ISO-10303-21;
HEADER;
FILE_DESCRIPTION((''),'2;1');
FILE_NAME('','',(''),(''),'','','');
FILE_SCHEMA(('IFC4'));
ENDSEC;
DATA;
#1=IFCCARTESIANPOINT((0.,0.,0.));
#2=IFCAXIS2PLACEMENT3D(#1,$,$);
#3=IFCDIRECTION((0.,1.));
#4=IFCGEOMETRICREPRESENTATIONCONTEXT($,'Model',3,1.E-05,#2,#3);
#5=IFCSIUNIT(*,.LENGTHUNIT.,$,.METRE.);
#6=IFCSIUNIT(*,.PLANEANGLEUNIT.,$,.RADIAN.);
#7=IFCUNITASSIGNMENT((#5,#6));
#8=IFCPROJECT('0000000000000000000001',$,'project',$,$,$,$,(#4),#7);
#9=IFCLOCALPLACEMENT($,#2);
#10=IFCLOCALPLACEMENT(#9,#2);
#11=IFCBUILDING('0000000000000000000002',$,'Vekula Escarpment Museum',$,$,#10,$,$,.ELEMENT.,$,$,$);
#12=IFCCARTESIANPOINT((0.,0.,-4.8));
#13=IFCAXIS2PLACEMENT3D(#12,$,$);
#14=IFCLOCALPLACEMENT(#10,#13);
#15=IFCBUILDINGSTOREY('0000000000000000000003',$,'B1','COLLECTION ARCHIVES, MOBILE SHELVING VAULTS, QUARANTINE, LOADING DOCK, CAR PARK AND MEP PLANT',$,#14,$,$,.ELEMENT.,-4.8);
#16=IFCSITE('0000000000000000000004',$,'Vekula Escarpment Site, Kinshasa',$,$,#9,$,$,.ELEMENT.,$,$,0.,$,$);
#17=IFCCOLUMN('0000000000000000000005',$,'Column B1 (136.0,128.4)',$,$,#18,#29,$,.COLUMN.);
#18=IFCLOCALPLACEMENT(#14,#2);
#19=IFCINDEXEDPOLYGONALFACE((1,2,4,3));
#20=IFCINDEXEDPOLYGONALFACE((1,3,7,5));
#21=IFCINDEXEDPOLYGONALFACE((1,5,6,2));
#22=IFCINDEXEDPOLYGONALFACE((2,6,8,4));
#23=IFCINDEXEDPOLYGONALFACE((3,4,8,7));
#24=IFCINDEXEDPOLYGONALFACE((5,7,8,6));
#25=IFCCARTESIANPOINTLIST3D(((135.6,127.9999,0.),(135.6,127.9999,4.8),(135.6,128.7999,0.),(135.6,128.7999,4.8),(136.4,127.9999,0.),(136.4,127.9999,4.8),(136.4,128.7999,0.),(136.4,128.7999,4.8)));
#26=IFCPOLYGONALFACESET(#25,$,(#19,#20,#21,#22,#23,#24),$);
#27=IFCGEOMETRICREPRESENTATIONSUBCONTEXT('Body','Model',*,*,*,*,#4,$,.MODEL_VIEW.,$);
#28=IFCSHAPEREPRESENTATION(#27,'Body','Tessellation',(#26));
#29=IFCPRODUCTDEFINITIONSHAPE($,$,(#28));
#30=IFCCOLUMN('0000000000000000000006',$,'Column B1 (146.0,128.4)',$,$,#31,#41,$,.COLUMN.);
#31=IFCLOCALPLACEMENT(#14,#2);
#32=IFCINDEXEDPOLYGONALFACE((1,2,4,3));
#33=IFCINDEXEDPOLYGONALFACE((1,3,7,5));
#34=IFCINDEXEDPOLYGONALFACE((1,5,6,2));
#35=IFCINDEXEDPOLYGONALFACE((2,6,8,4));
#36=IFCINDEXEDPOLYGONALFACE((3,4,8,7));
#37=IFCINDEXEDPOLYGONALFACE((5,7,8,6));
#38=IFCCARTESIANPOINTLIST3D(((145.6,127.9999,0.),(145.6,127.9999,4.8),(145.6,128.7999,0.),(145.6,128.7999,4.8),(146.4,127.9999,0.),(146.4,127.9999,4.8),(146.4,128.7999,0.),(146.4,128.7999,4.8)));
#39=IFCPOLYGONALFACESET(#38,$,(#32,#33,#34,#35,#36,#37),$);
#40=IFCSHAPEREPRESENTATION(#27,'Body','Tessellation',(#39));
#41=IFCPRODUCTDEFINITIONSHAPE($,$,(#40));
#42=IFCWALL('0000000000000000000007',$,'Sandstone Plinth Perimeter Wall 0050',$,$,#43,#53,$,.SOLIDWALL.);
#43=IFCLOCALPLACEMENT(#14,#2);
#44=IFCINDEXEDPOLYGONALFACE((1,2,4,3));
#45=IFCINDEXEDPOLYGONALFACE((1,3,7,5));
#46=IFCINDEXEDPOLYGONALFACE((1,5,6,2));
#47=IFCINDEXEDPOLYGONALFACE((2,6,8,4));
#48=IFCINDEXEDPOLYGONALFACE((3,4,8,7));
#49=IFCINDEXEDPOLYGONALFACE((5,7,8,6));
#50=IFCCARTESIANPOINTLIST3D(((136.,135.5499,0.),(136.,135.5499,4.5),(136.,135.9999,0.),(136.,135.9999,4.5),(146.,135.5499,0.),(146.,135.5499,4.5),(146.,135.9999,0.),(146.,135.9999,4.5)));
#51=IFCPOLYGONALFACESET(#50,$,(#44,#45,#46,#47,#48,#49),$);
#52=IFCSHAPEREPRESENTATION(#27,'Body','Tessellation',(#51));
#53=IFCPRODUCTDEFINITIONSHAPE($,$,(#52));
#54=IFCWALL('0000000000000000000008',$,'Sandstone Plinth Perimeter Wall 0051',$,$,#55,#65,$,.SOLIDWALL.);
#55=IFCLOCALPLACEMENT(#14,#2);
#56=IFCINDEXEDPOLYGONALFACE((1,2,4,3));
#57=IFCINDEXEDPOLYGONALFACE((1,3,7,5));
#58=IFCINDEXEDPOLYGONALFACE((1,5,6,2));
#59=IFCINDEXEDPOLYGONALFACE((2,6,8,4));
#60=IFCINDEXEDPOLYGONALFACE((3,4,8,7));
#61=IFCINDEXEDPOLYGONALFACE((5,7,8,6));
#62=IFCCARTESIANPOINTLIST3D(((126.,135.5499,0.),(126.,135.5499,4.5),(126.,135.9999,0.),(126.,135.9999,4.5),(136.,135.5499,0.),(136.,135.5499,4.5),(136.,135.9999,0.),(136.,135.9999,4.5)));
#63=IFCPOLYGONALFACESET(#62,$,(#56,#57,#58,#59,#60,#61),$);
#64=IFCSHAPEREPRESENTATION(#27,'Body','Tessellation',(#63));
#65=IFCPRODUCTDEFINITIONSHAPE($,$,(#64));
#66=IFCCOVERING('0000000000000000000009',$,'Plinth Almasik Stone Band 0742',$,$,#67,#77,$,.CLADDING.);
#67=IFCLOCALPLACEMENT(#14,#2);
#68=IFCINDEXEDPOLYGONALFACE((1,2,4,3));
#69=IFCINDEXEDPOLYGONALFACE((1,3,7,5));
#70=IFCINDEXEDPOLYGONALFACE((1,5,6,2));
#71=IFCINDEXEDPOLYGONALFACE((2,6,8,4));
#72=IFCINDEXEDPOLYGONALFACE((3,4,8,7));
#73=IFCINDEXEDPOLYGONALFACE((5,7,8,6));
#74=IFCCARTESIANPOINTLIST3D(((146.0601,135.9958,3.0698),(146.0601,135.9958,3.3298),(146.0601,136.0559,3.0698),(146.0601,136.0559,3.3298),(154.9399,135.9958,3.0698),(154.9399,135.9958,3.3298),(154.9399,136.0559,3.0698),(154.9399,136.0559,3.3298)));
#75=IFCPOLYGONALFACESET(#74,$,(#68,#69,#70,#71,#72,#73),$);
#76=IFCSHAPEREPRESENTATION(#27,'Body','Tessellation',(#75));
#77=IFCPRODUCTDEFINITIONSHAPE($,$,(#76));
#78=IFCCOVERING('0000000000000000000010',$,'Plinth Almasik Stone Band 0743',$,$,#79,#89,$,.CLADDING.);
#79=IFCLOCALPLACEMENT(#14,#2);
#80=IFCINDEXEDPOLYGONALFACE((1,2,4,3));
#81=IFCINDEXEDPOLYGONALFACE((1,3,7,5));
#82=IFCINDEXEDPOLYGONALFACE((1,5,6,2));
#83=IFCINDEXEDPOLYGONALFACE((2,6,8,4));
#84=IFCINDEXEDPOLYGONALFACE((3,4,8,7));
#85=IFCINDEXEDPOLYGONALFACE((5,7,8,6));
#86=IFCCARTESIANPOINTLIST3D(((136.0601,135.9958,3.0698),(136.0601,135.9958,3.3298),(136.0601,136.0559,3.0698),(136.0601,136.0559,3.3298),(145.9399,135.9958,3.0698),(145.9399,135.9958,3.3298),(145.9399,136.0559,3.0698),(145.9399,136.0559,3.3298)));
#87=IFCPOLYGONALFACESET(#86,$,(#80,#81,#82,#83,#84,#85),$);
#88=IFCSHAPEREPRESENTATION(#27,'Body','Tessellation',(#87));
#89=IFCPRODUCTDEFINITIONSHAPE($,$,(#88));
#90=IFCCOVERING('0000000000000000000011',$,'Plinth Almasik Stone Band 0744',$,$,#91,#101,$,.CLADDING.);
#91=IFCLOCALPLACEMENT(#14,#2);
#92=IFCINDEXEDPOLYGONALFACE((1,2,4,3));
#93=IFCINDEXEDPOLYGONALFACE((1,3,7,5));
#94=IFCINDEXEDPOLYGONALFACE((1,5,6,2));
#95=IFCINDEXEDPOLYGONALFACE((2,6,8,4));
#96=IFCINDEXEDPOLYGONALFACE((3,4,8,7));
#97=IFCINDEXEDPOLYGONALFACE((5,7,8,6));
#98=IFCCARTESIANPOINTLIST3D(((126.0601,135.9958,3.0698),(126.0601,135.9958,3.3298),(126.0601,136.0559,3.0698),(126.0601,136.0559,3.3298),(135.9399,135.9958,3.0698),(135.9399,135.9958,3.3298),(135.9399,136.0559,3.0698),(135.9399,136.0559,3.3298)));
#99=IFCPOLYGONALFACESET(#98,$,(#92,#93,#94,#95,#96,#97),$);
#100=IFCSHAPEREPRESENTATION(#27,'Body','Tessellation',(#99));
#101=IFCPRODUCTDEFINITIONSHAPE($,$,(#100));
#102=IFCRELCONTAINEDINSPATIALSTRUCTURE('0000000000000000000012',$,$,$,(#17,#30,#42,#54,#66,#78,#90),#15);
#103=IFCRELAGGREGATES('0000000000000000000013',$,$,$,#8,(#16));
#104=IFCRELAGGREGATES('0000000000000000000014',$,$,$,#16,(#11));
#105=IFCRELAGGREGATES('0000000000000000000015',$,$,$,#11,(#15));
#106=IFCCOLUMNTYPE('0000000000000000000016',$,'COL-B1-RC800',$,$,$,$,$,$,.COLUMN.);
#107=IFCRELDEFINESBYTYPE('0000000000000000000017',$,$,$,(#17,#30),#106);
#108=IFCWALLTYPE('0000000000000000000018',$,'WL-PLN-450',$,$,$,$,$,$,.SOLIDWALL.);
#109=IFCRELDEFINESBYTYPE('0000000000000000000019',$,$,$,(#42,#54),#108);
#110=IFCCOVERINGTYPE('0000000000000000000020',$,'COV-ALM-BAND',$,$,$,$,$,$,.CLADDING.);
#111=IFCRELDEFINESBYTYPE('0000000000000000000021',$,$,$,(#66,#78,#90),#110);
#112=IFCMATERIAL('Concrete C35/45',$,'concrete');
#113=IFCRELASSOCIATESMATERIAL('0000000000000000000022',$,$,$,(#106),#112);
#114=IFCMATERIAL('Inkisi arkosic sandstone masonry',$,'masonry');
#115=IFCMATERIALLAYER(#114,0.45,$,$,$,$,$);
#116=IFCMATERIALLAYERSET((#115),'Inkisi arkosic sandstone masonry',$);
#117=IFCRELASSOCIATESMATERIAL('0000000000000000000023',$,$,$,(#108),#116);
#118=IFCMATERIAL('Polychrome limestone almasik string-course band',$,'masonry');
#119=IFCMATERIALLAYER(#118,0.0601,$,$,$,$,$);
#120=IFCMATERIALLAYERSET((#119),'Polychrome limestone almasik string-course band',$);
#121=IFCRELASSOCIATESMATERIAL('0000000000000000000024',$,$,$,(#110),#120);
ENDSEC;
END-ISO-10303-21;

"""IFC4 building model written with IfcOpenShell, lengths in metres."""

from ifc_helpers import new_model, si_unit, direction, frame, frame_2d, origin, origin_2d, place, context, subcontext, project, spatial, rectangle, extrude, material, layer, layer_set, material_profile, profile_set, type_object, element, save


model = new_model("IFC4")

# Units and contexts
model_context = context("Model", 3, precision=1e-05, world=origin(), true_north=direction((0.0, 1.0)))
body_context = subcontext(model_context, "Body", "Model", "MODEL_VIEW")
ifc_project = project(units=[si_unit("LENGTHUNIT", "METRE"), si_unit("PLANEANGLEUNIT", "RADIAN")], contexts=[model_context])

# Site, building, storey
site_placement = place(None, origin())
site = spatial("IfcSite", under=ifc_project, at=site_placement, Name="Vekula Escarpment Site, Kinshasa", CompositionType="ELEMENT", RefElevation=0.0)
building_placement = place(site_placement, origin())
building = spatial("IfcBuilding", under=site, at=building_placement, Name="Vekula Escarpment Museum", CompositionType="ELEMENT")
storey_placement = place(building_placement, frame((0.0, 0.0, -4.8)))
storey = spatial("IfcBuildingStorey", under=building, at=storey_placement, Name="B1", Description="COLLECTION ARCHIVES, MOBILE SHELVING VAULTS, QUARANTINE, LOADING DOCK, CAR PARK AND MEP PLANT", CompositionType="ELEMENT", Elevation=-4.8)

# Columns
ifc_material_1 = material(Name="Concrete C35/45", Category="concrete")
ifc_material_profile_1 = material_profile(ifc_material_1, rectangle(XDim=0.8, YDim=0.8, at=origin_2d()), Name="RC 800x800")
ifc_profile_set_1 = profile_set([ifc_material_profile_1], Name="Concrete C35/45")
column_type_1 = type_object("IfcColumnType", Name="COL-B1-RC800", PredefinedType="COLUMN", material=ifc_profile_set_1)
for number, where, z_axis, x_axis, name in (
    (1, (136.0, 128.3999, 0.0), (0.0, 0.0, 1.0), (1.0, 0.0, 0.0), "Column B1 (136.0,128.4)"),
    (2, (146.0, 128.3999, 0.0), (0.0, 0.0, 1.0), (1.0, 0.0, 0.0), "Column B1 (146.0,128.4)"),
):
    element("IfcColumn", number, at=place(storey_placement, frame(where, z_axis=z_axis, x_axis=x_axis)), inside=storey, type_object=column_type_1, Name=name, PredefinedType="COLUMN", context=body_context, shape_type="SweptSolid", body=[
        extrude(rectangle(XDim=0.8, YDim=0.8, at=origin_2d()), origin(), (0.0, 0.0, 1.0), 4.8),
    ])

# Walls
ifc_material_2 = material(Name="Inkisi arkosic sandstone masonry", Category="masonry")
ifc_layer_1 = layer(ifc_material_2, 0.45)
ifc_layer_set_1 = layer_set([ifc_layer_1], Name="Inkisi arkosic sandstone masonry")
wall_type = type_object("IfcWallType", Name="WL-PLN-450", PredefinedType="SOLIDWALL", material=ifc_layer_set_1)
for number, where, z_axis, x_axis, name in (
    (3, (146.0, 135.7749, 0.0), (0.0, 0.0, 1.0), (-1.0, 0.0, 0.0), "Sandstone Plinth Perimeter Wall 0050"),
    (4, (136.0, 135.7749, 0.0), (0.0, 0.0, 1.0), (-1.0, 0.0, 0.0), "Sandstone Plinth Perimeter Wall 0051"),
):
    element("IfcWall", number, at=place(storey_placement, frame(where, z_axis=z_axis, x_axis=x_axis)), inside=storey, type_object=wall_type, Name=name, PredefinedType="SOLIDWALL", context=body_context, shape_type="SweptSolid", body=[
        extrude(rectangle(XDim=10.0, YDim=0.45, at=frame_2d((5.0, 0.0))), origin(), (0.0, 0.0, 1.0), 4.5),
    ])

# Coverings
ifc_material_3 = material(Name="Polychrome limestone almasik string-course band", Category="masonry")
ifc_layer_2 = layer(ifc_material_3, 0.0601)
ifc_layer_set_2 = layer_set([ifc_layer_2], Name="Polychrome limestone almasik string-course band")
covering_type = type_object("IfcCoveringType", Name="COV-ALM-BAND", PredefinedType="CLADDING", material=ifc_layer_set_2)
covering_placement = place(storey_placement, frame((150.5, 136.0259, 3.0698), z_axis=(0.0, 0.0, 1.0), x_axis=(1.0, 0.0, 0.0)))
element("IfcCovering", 5, at=covering_placement, inside=storey, type_object=covering_type, Name="Plinth Almasik Stone Band 0742", PredefinedType="CLADDING", context=body_context, shape_type="SweptSolid", body=[
    extrude(rectangle(XDim=8.8799, YDim=0.0601, at=origin_2d()), origin(), (0.0, 0.0, 1.0), 0.26),
])
for number, where, z_axis, x_axis, name in (
    (6, (141.0, 136.0259, 3.0698), (0.0, 0.0, 1.0), (1.0, 0.0, 0.0), "Plinth Almasik Stone Band 0743"),
    (7, (131.0, 136.0259, 3.0698), (0.0, 0.0, 1.0), (1.0, 0.0, 0.0), "Plinth Almasik Stone Band 0744"),
):
    element("IfcCovering", number, at=place(storey_placement, frame(where, z_axis=z_axis, x_axis=x_axis)), inside=storey, type_object=covering_type, Name=name, PredefinedType="CLADDING", context=body_context, shape_type="SweptSolid", body=[
        extrude(rectangle(XDim=9.8799, YDim=0.0601, at=origin_2d()), origin(), (0.0, 0.0, 1.0), 0.26),
    ])

save(model, "model.ifc")
